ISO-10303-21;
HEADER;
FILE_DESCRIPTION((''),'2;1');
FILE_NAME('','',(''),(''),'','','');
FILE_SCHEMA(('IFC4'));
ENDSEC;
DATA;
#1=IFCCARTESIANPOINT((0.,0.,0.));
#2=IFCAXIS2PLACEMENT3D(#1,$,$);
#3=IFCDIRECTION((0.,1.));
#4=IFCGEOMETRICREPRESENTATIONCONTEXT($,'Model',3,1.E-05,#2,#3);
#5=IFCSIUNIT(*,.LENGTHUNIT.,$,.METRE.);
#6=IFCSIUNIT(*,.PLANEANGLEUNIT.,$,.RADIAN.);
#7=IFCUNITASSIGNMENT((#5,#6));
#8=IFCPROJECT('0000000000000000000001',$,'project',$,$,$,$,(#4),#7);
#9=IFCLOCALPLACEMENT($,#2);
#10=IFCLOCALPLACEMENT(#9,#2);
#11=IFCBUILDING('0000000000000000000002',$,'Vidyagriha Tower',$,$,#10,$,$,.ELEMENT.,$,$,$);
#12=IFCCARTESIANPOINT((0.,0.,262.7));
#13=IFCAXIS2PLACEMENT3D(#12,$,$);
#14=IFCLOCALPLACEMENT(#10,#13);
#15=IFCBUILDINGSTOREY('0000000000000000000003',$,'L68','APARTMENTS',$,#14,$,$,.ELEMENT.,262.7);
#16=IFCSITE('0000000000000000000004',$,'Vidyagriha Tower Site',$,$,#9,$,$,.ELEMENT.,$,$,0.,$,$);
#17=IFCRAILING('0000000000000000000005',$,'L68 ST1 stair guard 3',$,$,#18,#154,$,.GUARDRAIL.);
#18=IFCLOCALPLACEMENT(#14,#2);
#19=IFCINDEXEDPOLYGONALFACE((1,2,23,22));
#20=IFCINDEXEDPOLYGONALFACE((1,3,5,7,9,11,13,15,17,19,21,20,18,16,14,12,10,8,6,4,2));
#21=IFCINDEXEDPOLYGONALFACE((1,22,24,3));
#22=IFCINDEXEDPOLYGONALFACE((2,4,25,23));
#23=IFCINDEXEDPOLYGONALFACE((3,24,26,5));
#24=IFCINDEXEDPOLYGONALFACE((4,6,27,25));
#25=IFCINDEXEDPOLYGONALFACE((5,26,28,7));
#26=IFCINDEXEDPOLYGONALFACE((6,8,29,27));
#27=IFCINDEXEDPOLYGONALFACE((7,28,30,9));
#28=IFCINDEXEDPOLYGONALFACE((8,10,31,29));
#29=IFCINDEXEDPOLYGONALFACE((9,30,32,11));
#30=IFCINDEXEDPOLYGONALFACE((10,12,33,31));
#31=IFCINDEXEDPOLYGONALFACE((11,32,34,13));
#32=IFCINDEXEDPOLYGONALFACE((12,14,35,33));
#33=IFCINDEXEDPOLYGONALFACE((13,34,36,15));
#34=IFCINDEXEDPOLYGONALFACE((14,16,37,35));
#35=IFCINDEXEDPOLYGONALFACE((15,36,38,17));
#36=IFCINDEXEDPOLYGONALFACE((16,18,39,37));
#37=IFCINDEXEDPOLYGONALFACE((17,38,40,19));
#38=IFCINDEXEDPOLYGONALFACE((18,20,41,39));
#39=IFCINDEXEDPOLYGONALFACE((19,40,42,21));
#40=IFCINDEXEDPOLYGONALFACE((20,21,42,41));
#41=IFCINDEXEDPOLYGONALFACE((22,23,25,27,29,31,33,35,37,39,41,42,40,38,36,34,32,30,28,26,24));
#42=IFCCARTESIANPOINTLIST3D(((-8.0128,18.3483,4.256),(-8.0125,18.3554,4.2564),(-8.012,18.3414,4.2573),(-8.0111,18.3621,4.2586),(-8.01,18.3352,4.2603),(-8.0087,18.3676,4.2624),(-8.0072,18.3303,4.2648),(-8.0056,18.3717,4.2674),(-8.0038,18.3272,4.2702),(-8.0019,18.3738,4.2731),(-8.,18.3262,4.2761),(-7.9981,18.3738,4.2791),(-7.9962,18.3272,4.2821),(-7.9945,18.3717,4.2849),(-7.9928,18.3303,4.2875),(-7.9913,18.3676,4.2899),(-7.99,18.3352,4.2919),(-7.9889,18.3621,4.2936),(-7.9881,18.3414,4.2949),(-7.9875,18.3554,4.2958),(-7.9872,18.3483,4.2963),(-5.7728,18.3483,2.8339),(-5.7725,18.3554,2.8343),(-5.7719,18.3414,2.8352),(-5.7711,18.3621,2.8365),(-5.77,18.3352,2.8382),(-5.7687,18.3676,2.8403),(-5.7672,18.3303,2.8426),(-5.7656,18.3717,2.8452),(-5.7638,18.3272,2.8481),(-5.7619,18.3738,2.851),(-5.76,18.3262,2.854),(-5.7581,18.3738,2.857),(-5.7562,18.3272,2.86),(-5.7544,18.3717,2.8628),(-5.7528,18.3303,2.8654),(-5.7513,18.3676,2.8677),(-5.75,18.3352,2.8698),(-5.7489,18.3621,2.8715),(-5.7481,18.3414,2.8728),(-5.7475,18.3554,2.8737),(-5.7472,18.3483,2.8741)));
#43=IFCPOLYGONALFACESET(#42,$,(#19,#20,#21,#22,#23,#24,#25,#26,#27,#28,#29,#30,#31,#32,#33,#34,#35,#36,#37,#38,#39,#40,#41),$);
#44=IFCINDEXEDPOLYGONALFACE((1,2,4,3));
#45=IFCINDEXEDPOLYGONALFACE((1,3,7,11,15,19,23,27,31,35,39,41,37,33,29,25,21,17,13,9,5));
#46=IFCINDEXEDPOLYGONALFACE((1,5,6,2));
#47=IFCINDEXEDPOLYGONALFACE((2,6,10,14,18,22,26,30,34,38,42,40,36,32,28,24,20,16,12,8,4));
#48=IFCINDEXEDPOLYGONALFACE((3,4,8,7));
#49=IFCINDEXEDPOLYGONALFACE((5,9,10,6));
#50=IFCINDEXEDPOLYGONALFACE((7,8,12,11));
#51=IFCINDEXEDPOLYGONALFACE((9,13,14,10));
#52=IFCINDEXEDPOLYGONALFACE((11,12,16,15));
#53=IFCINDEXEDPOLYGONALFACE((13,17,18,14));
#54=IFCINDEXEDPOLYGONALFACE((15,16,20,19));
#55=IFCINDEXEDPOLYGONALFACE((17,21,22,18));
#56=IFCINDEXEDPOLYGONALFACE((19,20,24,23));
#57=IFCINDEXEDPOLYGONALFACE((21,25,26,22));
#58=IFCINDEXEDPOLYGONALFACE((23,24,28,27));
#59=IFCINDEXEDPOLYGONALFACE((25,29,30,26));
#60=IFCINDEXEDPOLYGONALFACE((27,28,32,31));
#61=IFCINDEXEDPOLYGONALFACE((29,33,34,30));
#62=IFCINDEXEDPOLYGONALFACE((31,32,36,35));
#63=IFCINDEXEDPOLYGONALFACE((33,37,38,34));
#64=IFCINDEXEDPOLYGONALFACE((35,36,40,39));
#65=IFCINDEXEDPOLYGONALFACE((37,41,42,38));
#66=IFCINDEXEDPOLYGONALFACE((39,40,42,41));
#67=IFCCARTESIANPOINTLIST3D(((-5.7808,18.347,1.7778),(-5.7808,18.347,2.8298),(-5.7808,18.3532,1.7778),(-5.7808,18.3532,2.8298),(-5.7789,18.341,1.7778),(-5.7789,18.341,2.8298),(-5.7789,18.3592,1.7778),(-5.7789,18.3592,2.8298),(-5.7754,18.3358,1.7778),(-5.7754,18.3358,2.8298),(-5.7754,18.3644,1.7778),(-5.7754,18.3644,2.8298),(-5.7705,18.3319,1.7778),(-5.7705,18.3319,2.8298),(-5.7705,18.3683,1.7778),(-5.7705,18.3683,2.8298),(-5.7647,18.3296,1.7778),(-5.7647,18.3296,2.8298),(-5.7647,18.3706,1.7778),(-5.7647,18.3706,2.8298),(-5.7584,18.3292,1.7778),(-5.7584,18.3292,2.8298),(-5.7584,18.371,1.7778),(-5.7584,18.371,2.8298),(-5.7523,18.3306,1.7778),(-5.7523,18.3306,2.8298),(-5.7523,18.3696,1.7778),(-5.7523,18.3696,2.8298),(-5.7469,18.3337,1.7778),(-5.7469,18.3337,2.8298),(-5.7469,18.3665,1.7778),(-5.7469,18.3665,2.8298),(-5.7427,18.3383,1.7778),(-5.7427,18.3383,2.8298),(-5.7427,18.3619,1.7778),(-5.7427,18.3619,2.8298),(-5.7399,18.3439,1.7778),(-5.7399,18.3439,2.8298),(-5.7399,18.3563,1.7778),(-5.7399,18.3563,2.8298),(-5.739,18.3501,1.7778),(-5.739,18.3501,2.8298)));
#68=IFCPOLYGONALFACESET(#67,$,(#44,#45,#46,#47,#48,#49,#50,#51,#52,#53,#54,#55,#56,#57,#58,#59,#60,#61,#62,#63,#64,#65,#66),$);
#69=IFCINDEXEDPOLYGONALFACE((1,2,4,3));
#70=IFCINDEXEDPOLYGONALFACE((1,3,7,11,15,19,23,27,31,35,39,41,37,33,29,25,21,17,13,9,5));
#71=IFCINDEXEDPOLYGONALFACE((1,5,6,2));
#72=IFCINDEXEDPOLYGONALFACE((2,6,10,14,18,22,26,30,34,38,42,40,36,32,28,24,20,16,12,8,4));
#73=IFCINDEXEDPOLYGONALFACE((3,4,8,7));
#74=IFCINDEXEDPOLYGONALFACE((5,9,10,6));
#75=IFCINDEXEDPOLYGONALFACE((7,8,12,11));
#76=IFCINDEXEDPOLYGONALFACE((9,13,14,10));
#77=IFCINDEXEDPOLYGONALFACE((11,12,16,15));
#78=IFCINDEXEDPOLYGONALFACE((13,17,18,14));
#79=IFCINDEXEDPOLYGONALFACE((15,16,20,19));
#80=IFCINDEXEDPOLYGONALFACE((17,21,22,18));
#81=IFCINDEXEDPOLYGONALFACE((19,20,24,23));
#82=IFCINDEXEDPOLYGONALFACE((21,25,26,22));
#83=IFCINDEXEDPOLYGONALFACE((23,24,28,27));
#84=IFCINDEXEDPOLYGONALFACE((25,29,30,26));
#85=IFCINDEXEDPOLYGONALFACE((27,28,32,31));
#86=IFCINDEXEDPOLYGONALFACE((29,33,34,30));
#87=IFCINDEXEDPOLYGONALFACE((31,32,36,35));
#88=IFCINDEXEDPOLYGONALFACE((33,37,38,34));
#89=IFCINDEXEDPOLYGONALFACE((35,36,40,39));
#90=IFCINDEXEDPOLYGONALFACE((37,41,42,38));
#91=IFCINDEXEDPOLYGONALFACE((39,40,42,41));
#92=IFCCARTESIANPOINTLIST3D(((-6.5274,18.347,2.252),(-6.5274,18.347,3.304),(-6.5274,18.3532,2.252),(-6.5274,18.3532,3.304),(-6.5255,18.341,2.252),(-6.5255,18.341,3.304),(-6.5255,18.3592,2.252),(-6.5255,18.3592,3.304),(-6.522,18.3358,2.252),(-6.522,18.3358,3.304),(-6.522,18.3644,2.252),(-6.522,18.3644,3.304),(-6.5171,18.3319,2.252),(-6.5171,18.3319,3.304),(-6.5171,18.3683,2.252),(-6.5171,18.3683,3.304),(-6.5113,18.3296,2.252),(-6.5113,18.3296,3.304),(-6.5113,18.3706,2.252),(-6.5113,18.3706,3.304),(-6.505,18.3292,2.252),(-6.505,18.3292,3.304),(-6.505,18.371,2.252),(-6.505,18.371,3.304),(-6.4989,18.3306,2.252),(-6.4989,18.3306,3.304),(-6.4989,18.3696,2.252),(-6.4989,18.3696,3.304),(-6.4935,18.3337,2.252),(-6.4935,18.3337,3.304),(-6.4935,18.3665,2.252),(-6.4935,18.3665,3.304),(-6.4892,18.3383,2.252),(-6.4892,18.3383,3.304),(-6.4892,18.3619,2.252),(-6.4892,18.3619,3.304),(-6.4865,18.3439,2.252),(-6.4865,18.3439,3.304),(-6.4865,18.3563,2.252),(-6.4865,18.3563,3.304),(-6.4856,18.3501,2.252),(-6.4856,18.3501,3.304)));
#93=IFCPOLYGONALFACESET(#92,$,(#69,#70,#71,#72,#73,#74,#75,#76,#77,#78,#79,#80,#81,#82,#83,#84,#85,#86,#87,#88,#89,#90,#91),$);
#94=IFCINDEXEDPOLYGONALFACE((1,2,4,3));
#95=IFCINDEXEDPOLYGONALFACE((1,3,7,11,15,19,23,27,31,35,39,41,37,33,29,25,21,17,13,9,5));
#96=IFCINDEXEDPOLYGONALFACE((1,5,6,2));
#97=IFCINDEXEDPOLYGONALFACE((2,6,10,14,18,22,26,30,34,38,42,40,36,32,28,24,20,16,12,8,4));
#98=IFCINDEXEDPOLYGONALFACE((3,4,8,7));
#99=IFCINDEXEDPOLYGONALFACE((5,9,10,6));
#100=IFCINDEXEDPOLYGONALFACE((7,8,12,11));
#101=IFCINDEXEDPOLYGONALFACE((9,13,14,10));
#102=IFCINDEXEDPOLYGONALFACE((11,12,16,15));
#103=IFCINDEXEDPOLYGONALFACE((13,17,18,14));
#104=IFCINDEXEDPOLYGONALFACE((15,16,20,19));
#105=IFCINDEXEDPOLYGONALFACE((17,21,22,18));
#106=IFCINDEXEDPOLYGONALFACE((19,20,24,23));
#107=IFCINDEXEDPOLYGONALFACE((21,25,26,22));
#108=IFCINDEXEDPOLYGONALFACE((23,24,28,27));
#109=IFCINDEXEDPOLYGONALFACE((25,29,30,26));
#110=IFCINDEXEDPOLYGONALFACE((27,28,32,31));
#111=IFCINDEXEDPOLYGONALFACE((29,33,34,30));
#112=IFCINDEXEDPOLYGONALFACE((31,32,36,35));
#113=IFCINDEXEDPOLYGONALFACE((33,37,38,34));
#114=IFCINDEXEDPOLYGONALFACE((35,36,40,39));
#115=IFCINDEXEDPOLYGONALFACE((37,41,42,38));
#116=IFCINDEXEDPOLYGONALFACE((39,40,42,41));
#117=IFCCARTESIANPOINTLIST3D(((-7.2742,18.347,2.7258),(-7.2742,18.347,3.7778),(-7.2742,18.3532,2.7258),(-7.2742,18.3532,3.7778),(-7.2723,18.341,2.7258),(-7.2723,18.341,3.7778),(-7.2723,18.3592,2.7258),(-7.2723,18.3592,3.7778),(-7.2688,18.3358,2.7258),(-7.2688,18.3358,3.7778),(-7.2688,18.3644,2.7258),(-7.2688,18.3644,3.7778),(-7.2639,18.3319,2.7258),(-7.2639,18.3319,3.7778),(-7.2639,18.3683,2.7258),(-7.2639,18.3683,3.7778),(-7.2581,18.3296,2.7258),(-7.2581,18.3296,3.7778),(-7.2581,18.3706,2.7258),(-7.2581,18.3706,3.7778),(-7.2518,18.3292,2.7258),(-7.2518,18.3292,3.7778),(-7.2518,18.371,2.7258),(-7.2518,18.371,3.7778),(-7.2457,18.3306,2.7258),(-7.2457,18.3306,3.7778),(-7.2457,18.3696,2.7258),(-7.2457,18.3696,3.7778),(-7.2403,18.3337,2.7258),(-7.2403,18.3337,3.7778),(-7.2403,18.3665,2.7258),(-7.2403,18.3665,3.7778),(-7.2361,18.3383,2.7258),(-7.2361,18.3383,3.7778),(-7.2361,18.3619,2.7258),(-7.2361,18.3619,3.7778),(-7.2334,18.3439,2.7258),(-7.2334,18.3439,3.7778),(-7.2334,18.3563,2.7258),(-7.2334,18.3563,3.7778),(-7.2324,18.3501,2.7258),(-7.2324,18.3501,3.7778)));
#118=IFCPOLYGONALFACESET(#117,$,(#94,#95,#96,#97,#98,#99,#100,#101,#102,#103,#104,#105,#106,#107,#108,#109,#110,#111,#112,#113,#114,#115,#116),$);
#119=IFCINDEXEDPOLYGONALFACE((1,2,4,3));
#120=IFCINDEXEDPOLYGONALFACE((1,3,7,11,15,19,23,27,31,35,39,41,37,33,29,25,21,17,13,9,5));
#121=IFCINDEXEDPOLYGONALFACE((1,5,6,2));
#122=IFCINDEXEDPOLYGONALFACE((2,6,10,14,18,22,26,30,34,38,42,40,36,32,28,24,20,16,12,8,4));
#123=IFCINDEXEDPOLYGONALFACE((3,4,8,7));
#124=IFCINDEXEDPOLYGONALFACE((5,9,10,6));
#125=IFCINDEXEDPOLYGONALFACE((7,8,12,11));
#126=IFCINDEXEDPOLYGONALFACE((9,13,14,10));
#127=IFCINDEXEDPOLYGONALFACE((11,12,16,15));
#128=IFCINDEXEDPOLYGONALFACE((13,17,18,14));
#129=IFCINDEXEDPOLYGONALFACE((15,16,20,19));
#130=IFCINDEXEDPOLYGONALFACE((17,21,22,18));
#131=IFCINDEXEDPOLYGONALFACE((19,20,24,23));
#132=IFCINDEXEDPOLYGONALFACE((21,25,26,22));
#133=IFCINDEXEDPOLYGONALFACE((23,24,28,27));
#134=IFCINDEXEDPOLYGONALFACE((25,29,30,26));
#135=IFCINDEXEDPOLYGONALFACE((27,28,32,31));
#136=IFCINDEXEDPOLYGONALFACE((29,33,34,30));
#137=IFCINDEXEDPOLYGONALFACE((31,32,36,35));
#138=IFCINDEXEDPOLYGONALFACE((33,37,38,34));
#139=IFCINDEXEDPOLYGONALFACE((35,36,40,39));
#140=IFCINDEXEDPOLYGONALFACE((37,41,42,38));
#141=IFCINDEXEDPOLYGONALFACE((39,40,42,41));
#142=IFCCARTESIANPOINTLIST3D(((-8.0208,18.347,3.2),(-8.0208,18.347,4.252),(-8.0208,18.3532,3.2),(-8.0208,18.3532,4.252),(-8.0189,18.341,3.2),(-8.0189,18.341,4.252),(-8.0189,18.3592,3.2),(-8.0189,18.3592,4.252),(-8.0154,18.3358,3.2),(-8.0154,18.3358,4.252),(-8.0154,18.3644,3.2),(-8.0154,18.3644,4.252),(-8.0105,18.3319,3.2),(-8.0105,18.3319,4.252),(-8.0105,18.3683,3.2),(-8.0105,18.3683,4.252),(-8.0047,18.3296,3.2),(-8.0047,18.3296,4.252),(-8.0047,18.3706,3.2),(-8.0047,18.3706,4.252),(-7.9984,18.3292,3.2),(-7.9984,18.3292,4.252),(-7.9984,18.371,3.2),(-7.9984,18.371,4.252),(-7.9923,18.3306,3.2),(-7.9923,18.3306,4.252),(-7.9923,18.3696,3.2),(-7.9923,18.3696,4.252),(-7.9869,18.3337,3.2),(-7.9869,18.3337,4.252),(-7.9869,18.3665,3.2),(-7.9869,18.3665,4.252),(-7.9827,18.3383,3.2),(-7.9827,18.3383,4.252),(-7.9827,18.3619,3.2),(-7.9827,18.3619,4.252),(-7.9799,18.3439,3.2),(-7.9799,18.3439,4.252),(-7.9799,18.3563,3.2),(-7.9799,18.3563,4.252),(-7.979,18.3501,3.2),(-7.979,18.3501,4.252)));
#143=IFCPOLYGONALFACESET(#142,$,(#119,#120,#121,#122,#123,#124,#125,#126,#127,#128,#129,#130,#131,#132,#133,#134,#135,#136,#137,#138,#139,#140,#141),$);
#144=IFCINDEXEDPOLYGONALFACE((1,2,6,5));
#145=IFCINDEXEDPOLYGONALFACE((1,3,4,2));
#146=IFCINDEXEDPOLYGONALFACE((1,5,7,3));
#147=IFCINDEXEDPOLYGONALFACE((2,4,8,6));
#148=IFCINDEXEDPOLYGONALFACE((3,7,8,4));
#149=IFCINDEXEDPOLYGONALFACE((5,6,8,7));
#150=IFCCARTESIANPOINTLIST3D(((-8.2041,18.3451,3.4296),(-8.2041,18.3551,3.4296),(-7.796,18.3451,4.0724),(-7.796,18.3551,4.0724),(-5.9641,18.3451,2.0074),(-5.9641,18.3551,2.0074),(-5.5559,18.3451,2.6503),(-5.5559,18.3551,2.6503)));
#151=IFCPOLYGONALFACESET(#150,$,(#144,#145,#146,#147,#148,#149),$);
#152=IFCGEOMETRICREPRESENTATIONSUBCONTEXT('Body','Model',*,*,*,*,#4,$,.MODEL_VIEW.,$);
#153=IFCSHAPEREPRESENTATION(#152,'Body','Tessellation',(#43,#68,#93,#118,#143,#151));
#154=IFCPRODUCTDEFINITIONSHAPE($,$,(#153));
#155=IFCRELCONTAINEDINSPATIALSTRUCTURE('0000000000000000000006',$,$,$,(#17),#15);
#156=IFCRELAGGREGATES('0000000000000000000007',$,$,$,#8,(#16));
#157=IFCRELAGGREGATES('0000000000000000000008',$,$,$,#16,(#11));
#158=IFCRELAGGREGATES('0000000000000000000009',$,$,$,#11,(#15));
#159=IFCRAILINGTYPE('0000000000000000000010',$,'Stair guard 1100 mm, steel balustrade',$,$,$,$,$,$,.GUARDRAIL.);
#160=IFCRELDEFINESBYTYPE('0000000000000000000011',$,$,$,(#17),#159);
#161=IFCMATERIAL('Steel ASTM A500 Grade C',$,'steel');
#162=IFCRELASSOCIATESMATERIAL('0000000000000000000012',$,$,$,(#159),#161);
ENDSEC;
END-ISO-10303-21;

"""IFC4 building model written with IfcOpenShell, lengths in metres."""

from ifc_helpers import new_model, si_unit, direction, frame, origin, origin_2d, place, context, subcontext, project, spatial, rectangle, circle, extrude, material, type_object, element, save


model = new_model("IFC4")

# Units and contexts
model_context = context("Model", 3, precision=1e-05, world=origin(), true_north=direction((0.0, 1.0)))
body_context = subcontext(model_context, "Body", "Model", "MODEL_VIEW")
ifc_project = project(units=[si_unit("LENGTHUNIT", "METRE"), si_unit("PLANEANGLEUNIT", "RADIAN")], contexts=[model_context])

# Site, building, storey
site_placement = place(None, origin())
site = spatial("IfcSite", under=ifc_project, at=site_placement, Name="Vidyagriha Tower Site", CompositionType="ELEMENT", RefElevation=0.0)
building_placement = place(site_placement, origin())
building = spatial("IfcBuilding", under=site, at=building_placement, Name="Vidyagriha Tower", CompositionType="ELEMENT")
storey_placement = place(building_placement, frame((0.0, 0.0, 262.7)))
storey = spatial("IfcBuildingStorey", under=building, at=storey_placement, Name="L68", Description="APARTMENTS", CompositionType="ELEMENT", Elevation=262.7)

# Railing
ifc_material_1 = material(Name="Steel ASTM A500 Grade C", Category="steel")
railing_type_1 = type_object("IfcRailingType", Name="Stair guard 1100 mm, steel balustrade", PredefinedType="GUARDRAIL", material=ifc_material_1)
railing_1_placement = place(storey_placement, frame((-5.76, 18.3501, 1.7778)))
element("IfcRailing", 1, at=railing_1_placement, inside=storey, type_object=railing_type_1, Name="L68 ST1 stair guard 3", PredefinedType="GUARDRAIL", context=body_context, shape_type="SweptSolid", body=[
    extrude(circle(Radius=0.0239, at=origin_2d()), frame((0.0, 0.0, 1.0762), z_axis=(-0.844229, 0.0, 0.535982), x_axis=(0.0, -1.0, 0.0)), (0.0, 0.0, 1.0), 2.6533),
    extrude(circle(Radius=0.021, at=origin_2d()), origin(), (0.0, 0.0, 1.0), 1.052),
    extrude(circle(Radius=0.021, at=origin_2d()), frame((-0.7466, 0.0, 0.4741)), (0.0, 0.0, 1.0), 1.052),
    extrude(circle(Radius=0.021, at=origin_2d()), frame((-1.4934, 0.0, 0.948)), (0.0, 0.0, 1.0), 1.052),
    extrude(circle(Radius=0.021, at=origin_2d()), frame((-2.24, 0.0, 1.4221)), (0.0, 0.0, 1.0), 1.052),
    extrude(rectangle(XDim=0.01, YDim=0.7615, at=origin_2d()), frame((0.0, 0.0, 0.551), z_axis=(-0.844229, 0.0, 0.535982), x_axis=(0.0, -1.0, 0.0)), (0.0, 0.0, 1.0), 2.6533),
])

save(model, "model.ifc")
